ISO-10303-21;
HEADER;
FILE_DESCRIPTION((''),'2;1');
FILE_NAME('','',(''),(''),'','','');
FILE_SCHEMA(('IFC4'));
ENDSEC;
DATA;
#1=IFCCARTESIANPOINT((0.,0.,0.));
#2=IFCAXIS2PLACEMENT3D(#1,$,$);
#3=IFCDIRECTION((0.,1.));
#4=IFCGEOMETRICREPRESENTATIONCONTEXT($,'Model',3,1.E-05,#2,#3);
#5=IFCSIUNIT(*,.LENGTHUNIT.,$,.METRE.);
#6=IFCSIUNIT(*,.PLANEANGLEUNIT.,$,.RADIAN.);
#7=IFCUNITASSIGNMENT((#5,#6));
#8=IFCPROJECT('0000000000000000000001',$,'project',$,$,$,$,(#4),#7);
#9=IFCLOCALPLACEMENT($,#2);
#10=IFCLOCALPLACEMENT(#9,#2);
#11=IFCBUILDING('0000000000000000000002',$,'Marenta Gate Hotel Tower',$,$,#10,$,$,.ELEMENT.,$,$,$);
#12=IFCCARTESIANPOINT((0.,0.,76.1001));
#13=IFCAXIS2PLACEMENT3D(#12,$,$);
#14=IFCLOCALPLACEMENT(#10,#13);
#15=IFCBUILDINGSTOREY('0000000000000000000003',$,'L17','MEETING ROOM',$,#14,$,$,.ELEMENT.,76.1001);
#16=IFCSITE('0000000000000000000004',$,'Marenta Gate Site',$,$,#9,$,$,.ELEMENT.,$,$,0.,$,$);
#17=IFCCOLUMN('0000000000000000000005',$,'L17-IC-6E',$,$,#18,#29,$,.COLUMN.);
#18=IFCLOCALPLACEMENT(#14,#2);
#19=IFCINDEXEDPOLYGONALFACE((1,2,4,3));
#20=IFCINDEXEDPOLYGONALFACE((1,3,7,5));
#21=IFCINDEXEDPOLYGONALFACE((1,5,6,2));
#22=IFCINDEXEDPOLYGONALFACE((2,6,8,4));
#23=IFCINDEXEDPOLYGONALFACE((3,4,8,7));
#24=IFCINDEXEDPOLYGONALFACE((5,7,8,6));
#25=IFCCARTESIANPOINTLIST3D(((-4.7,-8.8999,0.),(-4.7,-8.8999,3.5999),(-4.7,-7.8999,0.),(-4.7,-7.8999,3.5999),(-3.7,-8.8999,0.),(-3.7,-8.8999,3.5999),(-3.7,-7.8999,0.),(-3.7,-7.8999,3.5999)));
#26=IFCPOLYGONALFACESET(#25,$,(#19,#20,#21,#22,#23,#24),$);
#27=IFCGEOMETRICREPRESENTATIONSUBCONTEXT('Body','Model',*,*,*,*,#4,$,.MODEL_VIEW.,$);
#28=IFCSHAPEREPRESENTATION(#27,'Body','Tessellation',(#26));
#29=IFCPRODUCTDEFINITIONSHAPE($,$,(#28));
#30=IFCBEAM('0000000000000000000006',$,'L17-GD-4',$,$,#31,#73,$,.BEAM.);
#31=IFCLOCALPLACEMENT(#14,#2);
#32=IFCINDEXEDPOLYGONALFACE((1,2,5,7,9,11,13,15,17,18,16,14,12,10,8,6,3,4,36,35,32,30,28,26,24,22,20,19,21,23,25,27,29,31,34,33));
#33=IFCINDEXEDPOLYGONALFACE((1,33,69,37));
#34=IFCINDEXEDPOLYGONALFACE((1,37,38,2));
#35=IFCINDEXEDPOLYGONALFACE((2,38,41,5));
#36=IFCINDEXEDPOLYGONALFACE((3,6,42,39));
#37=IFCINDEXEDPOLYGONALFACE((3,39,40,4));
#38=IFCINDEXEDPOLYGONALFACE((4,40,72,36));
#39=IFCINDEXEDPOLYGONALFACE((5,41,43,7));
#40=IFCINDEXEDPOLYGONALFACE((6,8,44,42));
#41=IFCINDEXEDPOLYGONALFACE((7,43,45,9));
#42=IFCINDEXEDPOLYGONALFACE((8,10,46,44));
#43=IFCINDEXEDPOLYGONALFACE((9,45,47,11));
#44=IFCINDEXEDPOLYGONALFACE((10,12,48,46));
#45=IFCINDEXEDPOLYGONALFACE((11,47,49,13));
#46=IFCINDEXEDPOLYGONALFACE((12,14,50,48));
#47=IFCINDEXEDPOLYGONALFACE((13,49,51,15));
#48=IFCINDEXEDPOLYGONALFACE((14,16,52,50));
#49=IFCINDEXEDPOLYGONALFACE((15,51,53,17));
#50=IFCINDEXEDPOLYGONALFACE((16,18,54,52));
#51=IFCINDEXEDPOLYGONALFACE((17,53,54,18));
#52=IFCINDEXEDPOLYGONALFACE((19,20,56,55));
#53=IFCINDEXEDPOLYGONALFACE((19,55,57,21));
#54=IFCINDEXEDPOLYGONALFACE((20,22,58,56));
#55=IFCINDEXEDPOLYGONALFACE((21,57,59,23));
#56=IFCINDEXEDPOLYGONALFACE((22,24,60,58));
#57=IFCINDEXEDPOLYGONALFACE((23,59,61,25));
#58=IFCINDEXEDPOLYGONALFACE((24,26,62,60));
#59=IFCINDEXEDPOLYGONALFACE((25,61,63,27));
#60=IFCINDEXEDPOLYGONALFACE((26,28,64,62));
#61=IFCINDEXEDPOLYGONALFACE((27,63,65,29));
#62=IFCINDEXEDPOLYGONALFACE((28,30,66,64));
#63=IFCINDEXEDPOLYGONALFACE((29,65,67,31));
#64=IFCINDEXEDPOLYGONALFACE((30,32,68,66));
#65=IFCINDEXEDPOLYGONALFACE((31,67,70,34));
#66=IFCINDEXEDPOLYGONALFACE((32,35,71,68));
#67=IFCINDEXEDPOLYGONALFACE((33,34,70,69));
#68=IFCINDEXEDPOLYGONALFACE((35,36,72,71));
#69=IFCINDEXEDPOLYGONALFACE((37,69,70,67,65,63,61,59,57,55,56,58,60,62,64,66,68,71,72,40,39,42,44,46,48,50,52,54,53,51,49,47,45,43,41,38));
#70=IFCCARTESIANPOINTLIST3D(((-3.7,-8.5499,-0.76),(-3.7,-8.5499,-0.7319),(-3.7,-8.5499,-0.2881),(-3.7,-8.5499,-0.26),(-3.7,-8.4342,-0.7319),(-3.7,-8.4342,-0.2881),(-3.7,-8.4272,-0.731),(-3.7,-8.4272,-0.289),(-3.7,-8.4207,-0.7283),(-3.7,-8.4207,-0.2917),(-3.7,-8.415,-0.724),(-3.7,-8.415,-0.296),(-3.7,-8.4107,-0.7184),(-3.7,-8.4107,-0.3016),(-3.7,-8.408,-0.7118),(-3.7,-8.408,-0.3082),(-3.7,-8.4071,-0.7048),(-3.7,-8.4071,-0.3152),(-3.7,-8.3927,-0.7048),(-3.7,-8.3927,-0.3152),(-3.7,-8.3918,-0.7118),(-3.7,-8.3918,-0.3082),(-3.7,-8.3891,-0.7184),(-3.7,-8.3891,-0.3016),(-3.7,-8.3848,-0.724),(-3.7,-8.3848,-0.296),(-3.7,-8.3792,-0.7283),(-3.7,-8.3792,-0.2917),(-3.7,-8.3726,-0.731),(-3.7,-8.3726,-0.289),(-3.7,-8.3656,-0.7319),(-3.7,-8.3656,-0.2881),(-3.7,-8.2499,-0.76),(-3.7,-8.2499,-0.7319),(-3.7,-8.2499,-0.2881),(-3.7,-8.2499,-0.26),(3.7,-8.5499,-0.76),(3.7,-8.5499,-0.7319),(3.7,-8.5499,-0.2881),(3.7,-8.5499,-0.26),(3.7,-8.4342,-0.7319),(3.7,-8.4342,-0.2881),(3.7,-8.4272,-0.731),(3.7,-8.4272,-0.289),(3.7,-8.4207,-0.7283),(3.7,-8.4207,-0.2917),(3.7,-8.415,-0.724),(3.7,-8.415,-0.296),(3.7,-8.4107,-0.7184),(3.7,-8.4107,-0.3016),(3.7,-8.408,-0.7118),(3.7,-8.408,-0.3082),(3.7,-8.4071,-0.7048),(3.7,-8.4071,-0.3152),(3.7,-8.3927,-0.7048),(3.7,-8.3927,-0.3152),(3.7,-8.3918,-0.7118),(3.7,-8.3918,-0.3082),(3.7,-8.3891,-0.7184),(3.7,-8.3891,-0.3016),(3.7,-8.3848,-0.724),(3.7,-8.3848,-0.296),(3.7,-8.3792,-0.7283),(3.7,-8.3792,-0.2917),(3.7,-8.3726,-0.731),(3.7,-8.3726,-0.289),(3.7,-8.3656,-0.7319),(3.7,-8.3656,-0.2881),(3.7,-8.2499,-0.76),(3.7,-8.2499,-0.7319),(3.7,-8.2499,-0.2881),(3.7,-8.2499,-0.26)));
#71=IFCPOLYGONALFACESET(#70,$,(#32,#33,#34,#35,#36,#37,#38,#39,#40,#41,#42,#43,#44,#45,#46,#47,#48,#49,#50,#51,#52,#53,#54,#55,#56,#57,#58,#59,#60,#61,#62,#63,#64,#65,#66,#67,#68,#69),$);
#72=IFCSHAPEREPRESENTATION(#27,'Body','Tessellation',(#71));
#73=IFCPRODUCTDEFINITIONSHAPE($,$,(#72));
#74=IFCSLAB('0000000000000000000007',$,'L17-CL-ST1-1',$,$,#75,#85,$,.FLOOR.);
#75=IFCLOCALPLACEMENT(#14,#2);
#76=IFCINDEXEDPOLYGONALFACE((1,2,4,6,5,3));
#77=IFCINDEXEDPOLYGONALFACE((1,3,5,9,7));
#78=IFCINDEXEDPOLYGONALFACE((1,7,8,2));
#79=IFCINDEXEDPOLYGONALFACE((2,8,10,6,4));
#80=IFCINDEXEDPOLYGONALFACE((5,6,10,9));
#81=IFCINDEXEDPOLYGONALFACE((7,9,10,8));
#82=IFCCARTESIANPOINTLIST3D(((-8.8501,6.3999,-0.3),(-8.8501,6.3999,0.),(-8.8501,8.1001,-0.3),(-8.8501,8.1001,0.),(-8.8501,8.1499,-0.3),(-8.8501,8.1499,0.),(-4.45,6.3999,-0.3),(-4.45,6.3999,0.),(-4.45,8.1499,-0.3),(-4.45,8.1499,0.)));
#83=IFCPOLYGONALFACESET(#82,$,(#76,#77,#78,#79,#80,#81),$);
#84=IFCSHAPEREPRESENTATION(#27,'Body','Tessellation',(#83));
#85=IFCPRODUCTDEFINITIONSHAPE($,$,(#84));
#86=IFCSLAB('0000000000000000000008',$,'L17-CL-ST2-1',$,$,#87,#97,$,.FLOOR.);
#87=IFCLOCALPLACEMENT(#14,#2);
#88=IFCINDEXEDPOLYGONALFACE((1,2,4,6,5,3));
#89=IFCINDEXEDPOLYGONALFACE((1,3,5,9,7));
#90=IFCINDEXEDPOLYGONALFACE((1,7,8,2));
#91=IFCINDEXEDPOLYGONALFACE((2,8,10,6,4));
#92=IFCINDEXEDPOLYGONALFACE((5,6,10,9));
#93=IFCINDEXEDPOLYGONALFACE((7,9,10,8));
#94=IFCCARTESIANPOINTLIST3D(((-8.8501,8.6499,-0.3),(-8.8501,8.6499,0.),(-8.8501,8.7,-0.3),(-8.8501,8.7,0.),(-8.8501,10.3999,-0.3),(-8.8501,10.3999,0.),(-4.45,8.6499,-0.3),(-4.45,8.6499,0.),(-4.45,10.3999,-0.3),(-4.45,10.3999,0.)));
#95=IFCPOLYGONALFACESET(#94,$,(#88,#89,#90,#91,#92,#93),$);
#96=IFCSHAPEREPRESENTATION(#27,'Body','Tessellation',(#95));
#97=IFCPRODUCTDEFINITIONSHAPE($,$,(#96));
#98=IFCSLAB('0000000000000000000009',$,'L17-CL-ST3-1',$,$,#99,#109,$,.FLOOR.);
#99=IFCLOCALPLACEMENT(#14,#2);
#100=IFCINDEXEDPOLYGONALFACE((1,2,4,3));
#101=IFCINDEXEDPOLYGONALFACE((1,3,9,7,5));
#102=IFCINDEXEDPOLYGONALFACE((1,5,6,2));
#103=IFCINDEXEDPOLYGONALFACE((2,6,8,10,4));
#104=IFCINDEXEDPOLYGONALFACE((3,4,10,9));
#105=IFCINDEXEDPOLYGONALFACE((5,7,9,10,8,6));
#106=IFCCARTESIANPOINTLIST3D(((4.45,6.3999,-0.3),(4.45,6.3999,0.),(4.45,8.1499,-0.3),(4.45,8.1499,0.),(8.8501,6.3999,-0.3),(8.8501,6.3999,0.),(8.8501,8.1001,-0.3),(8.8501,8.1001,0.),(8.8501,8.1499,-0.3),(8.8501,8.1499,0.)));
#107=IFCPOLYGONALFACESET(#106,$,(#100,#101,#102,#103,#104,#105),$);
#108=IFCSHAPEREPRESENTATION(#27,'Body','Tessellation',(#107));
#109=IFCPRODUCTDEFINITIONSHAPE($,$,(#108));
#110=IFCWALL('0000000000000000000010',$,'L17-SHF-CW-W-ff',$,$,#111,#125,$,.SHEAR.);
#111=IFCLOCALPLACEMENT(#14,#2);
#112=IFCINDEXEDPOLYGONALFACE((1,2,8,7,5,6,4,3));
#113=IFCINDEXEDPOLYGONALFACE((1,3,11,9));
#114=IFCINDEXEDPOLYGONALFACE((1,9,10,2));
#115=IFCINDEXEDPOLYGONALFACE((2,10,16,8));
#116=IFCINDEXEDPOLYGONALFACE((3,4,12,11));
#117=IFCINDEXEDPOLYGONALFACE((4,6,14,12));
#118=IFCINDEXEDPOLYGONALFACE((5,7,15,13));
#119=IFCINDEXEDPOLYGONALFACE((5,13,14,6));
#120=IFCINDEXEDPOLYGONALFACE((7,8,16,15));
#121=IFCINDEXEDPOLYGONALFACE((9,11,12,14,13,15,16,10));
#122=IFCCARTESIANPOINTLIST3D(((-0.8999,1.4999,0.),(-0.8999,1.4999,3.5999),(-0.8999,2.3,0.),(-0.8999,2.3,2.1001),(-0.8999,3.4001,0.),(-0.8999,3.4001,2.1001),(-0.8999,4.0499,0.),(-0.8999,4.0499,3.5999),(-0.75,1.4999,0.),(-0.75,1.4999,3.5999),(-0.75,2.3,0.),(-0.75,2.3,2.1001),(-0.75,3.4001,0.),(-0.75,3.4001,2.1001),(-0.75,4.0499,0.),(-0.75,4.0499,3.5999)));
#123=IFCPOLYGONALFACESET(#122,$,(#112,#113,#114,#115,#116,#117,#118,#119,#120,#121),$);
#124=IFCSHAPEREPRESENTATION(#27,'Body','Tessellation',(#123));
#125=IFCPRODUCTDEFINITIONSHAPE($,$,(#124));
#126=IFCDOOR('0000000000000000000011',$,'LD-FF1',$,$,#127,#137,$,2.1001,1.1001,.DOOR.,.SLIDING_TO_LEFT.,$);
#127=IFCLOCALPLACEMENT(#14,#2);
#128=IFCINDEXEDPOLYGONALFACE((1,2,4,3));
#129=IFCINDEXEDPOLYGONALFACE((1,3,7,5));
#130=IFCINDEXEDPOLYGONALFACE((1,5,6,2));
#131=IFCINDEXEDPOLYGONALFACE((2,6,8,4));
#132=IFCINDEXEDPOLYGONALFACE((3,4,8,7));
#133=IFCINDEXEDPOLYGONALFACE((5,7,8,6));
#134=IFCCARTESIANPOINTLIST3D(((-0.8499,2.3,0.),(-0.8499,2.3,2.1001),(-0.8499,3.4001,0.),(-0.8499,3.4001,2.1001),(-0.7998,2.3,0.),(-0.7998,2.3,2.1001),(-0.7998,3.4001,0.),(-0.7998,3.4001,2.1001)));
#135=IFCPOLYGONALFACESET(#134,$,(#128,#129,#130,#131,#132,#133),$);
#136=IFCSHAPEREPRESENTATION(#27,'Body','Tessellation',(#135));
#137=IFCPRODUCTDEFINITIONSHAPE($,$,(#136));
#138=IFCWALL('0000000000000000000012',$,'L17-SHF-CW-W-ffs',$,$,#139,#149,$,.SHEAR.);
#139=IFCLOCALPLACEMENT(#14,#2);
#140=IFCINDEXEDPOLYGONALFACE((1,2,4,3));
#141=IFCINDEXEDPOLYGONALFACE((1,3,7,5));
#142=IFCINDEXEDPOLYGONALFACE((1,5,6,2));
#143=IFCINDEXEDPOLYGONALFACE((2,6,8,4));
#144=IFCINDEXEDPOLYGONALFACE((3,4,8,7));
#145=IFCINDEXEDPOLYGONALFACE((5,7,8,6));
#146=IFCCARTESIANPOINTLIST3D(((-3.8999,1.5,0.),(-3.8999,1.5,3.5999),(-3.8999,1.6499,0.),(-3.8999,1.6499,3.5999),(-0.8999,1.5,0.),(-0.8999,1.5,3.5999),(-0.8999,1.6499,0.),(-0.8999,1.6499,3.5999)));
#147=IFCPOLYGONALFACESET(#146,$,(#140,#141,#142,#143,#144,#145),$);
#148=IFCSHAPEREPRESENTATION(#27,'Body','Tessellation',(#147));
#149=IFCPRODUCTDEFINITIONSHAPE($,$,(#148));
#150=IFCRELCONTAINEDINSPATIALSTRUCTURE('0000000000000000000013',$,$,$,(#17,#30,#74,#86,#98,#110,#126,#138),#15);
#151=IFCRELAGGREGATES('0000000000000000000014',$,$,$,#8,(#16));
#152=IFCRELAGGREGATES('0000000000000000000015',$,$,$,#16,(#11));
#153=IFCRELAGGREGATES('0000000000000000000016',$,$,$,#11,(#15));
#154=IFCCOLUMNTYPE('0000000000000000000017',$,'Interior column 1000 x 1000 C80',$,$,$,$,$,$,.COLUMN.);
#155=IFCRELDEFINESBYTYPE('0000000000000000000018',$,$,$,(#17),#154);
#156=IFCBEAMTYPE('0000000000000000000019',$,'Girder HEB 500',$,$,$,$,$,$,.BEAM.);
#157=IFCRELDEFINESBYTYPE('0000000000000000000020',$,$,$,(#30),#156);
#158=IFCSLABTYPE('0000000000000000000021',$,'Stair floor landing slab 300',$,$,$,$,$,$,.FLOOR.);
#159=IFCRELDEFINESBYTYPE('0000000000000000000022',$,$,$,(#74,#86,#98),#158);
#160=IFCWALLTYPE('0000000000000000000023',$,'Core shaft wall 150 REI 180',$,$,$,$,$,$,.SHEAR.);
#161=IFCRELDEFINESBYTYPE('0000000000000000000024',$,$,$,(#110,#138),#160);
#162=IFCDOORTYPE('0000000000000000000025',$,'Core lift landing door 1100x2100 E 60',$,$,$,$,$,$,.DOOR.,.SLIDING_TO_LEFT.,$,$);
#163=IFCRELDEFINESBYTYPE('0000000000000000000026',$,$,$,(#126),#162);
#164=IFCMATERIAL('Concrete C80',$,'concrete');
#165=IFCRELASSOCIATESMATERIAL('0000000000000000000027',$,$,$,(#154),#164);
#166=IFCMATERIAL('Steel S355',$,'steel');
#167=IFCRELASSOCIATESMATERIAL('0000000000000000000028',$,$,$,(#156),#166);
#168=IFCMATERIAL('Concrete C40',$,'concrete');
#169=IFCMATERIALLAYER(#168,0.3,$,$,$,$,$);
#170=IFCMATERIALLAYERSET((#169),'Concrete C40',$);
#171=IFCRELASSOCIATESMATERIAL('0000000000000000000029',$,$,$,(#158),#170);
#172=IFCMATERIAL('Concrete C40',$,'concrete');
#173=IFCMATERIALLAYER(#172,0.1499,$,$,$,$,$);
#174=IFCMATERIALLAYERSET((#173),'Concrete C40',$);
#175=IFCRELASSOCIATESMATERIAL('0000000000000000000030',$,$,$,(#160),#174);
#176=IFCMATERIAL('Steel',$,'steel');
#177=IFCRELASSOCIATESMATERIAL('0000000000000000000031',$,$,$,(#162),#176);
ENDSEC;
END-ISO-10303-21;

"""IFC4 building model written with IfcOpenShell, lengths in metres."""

from ifc_helpers import new_model, si_unit, direction, frame, frame_2d, origin, origin_2d, place, context, subcontext, project, spatial, polyline, rectangle, i_section, outline, extrude, material, layer, layer_set, material_profile, profile_set, type_object, element, fill, save


model = new_model("IFC4")

# Units and contexts
model_context = context("Model", 3, precision=1e-05, world=origin(), true_north=direction((0.0, 1.0)))
body_context = subcontext(model_context, "Body", "Model", "MODEL_VIEW")
ifc_project = project(units=[si_unit("LENGTHUNIT", "METRE"), si_unit("PLANEANGLEUNIT", "RADIAN")], contexts=[model_context])

# Site, building, storey
site_placement = place(None, origin())
site = spatial("IfcSite", under=ifc_project, at=site_placement, Name="Marenta Gate Site", CompositionType="ELEMENT", RefElevation=0.0)
building_placement = place(site_placement, origin())
building = spatial("IfcBuilding", under=site, at=building_placement, Name="Marenta Gate Hotel Tower", CompositionType="ELEMENT")
storey_placement = place(building_placement, frame((0.0, 0.0, 76.1001)))
storey = spatial("IfcBuildingStorey", under=building, at=storey_placement, Name="L17", Description="MEETING ROOM", CompositionType="ELEMENT", Elevation=76.1001)

# Column
ifc_material_1 = material(Name="Concrete C80", Category="concrete")
ifc_material_profile_1 = material_profile(ifc_material_1, rectangle(XDim=1.0, YDim=1.0, at=origin_2d()), Name="1000 x 1000")
ifc_profile_set_1 = profile_set([ifc_material_profile_1], Name="Concrete C80")
column_type = type_object("IfcColumnType", Name="Interior column 1000 x 1000 C80", PredefinedType="COLUMN", material=ifc_profile_set_1)
column_placement = place(storey_placement, frame((-4.2, -8.3999, 0.0), z_axis=(0.0, 0.0, 1.0), x_axis=(1.0, 0.0, 0.0)))
element("IfcColumn", 1, at=column_placement, inside=storey, type_object=column_type, Name="L17-IC-6E", PredefinedType="COLUMN", context=body_context, shape_type="SweptSolid", body=[
    extrude(rectangle(XDim=1.0, YDim=1.0, at=origin_2d()), origin(), (0.0, 0.0, 1.0), 3.5999),
])

# Beam
ifc_material_2 = material(Name="Steel S355", Category="steel")
ifc_material_profile_2 = material_profile(ifc_material_2, i_section(OverallWidth=0.3, OverallDepth=0.5, WebThickness=0.0144, FlangeThickness=0.0281, FilletRadius=0.0271, at=origin_2d()), Name="HEB 500")
ifc_profile_set_2 = profile_set([ifc_material_profile_2], Name="Steel S355")
beam_type = type_object("IfcBeamType", Name="Girder HEB 500", PredefinedType="BEAM", material=ifc_profile_set_2)
beam_placement = place(storey_placement, frame((-3.7, -8.3999, -0.51), z_axis=(1.0, 0.0, 0.0), x_axis=(0.0, 1.0, 0.0)))
element("IfcBeam", 2, at=beam_placement, inside=storey, type_object=beam_type, Name="L17-GD-4", PredefinedType="BEAM", context=body_context, shape_type="SweptSolid", body=[
    extrude(i_section(OverallWidth=0.3, OverallDepth=0.5, WebThickness=0.0144, FlangeThickness=0.0281, FilletRadius=0.0271, at=origin_2d()), origin(), (0.0, 0.0, 1.0), 7.3999),
])

# Slabs
ifc_material_3 = material(Name="Concrete C40", Category="concrete")
ifc_layer_1 = layer(ifc_material_3, 0.3)
ifc_layer_set_1 = layer_set([ifc_layer_1], Name="Concrete C40")
slab_type_1 = type_object("IfcSlabType", Name="Stair floor landing slab 300", PredefinedType="FLOOR", material=ifc_layer_set_1)
slab_1_placement = place(storey_placement, frame((0.0, 0.0, -0.3)))
element("IfcSlab", 3, at=slab_1_placement, inside=storey, type_object=slab_type_1, Name="L17-CL-ST1-1", PredefinedType="FLOOR", context=body_context, shape_type="SweptSolid", body=[
    extrude(outline(polyline([(-4.45, 6.3999), (-8.8501, 6.3999), (-8.8501, 8.1001), (-8.8501, 8.1499), (-4.45, 8.1499), (-4.45, 6.3999)])), origin(), (0.0, 0.0, 1.0), 0.3),
])
slab_2_placement = place(storey_placement, frame((0.0, 0.0, -0.3)))
element("IfcSlab", 4, at=slab_2_placement, inside=storey, type_object=slab_type_1, Name="L17-CL-ST2-1", PredefinedType="FLOOR", context=body_context, shape_type="SweptSolid", body=[
    extrude(outline(polyline([(-4.45, 8.6499), (-8.8501, 8.6499), (-8.8501, 8.7), (-8.8501, 10.3999), (-4.45, 10.3999), (-4.45, 8.6499)])), origin(), (0.0, 0.0, 1.0), 0.3),
])
slab_3_placement = place(storey_placement, frame((0.0, 0.0, -0.3)))
element("IfcSlab", 5, at=slab_3_placement, inside=storey, type_object=slab_type_1, Name="L17-CL-ST3-1", PredefinedType="FLOOR", context=body_context, shape_type="SweptSolid", body=[
    extrude(outline(polyline([(4.45, 6.3999), (4.45, 8.1499), (8.8501, 8.1499), (8.8501, 8.1001), (8.8501, 6.3999), (4.45, 6.3999)])), origin(), (0.0, 0.0, 1.0), 0.3),
])

# Wall, opening, door
ifc_material_4 = material(Name="Concrete C40", Category="concrete")
ifc_layer_2 = layer(ifc_material_4, 0.1499)
ifc_layer_set_2 = layer_set([ifc_layer_2], Name="Concrete C40")
wall_type_1 = type_object("IfcWallType", Name="Core shaft wall 150 REI 180", PredefinedType="SHEAR", material=ifc_layer_set_2)
wall_1_placement = place(storey_placement, frame((-0.825, 1.5, 0.0), z_axis=(0.0, 0.0, 1.0), x_axis=(0.0, 1.0, 0.0)))
wall_1 = element("IfcWall", 6, at=wall_1_placement, inside=storey, type_object=wall_type_1, Name="L17-SHF-CW-W-ff", PredefinedType="SHEAR", context=body_context, shape_type="SweptSolid", body=[
    extrude(rectangle(XDim=2.55, YDim=0.1499, at=frame_2d((1.2749, 0.0))), origin(), (0.0, 0.0, 1.0), 3.5999),
])
opening_1_placement = place(wall_1_placement, frame((0.8, 0.0, 0.0)))
opening_1 = element("IfcOpeningElement", 7, at=opening_1_placement, cuts=wall_1, PredefinedType="OPENING", context=body_context, shape_type="SweptSolid", body=[
    extrude(rectangle(XDim=1.1001, YDim=2.1001, at=frame_2d((0.55, 1.05))), frame((0.0, 0.075, 0.0), z_axis=(0.0, -1.0, 0.0), x_axis=(1.0, 0.0, 0.0)), (0.0, 0.0, 1.0), 0.1499),
])
ifc_material_5 = material(Name="Steel", Category="steel")
door_type_1 = type_object("IfcDoorType", Name="Core lift landing door 1100x2100 E 60", OperationType="SLIDING_TO_LEFT", PredefinedType="DOOR", material=ifc_material_5)
door_1_placement = place(opening_1_placement, origin())
door_1 = element("IfcDoor", 8, at=door_1_placement, inside=storey, type_object=door_type_1, Name="LD-FF1", OperationType="SLIDING_TO_LEFT", OverallHeight=2.1001, OverallWidth=1.1001, PredefinedType="DOOR", context=body_context, shape_type="SweptSolid", body=[
    extrude(rectangle(XDim=1.1001, YDim=2.1001, at=frame_2d((0.55, 1.05))), frame((0.0, 0.0249, 0.0), z_axis=(0.0, -1.0, 0.0), x_axis=(1.0, 0.0, 0.0)), (0.0, 0.0, 1.0), 0.05),
])
fill(opening_1, door_1)

# Wall
wall_2_placement = place(storey_placement, frame((-3.8999, 1.575, 0.0), z_axis=(0.0, 0.0, 1.0), x_axis=(1.0, 0.0, 0.0)))
element("IfcWall", 9, at=wall_2_placement, inside=storey, type_object=wall_type_1, Name="L17-SHF-CW-W-ffs", PredefinedType="SHEAR", context=body_context, shape_type="SweptSolid", body=[
    extrude(rectangle(XDim=3.0, YDim=0.1499, at=frame_2d((1.5, 0.0))), origin(), (0.0, 0.0, 1.0), 3.5999),
])

save(model, "model.ifc")
